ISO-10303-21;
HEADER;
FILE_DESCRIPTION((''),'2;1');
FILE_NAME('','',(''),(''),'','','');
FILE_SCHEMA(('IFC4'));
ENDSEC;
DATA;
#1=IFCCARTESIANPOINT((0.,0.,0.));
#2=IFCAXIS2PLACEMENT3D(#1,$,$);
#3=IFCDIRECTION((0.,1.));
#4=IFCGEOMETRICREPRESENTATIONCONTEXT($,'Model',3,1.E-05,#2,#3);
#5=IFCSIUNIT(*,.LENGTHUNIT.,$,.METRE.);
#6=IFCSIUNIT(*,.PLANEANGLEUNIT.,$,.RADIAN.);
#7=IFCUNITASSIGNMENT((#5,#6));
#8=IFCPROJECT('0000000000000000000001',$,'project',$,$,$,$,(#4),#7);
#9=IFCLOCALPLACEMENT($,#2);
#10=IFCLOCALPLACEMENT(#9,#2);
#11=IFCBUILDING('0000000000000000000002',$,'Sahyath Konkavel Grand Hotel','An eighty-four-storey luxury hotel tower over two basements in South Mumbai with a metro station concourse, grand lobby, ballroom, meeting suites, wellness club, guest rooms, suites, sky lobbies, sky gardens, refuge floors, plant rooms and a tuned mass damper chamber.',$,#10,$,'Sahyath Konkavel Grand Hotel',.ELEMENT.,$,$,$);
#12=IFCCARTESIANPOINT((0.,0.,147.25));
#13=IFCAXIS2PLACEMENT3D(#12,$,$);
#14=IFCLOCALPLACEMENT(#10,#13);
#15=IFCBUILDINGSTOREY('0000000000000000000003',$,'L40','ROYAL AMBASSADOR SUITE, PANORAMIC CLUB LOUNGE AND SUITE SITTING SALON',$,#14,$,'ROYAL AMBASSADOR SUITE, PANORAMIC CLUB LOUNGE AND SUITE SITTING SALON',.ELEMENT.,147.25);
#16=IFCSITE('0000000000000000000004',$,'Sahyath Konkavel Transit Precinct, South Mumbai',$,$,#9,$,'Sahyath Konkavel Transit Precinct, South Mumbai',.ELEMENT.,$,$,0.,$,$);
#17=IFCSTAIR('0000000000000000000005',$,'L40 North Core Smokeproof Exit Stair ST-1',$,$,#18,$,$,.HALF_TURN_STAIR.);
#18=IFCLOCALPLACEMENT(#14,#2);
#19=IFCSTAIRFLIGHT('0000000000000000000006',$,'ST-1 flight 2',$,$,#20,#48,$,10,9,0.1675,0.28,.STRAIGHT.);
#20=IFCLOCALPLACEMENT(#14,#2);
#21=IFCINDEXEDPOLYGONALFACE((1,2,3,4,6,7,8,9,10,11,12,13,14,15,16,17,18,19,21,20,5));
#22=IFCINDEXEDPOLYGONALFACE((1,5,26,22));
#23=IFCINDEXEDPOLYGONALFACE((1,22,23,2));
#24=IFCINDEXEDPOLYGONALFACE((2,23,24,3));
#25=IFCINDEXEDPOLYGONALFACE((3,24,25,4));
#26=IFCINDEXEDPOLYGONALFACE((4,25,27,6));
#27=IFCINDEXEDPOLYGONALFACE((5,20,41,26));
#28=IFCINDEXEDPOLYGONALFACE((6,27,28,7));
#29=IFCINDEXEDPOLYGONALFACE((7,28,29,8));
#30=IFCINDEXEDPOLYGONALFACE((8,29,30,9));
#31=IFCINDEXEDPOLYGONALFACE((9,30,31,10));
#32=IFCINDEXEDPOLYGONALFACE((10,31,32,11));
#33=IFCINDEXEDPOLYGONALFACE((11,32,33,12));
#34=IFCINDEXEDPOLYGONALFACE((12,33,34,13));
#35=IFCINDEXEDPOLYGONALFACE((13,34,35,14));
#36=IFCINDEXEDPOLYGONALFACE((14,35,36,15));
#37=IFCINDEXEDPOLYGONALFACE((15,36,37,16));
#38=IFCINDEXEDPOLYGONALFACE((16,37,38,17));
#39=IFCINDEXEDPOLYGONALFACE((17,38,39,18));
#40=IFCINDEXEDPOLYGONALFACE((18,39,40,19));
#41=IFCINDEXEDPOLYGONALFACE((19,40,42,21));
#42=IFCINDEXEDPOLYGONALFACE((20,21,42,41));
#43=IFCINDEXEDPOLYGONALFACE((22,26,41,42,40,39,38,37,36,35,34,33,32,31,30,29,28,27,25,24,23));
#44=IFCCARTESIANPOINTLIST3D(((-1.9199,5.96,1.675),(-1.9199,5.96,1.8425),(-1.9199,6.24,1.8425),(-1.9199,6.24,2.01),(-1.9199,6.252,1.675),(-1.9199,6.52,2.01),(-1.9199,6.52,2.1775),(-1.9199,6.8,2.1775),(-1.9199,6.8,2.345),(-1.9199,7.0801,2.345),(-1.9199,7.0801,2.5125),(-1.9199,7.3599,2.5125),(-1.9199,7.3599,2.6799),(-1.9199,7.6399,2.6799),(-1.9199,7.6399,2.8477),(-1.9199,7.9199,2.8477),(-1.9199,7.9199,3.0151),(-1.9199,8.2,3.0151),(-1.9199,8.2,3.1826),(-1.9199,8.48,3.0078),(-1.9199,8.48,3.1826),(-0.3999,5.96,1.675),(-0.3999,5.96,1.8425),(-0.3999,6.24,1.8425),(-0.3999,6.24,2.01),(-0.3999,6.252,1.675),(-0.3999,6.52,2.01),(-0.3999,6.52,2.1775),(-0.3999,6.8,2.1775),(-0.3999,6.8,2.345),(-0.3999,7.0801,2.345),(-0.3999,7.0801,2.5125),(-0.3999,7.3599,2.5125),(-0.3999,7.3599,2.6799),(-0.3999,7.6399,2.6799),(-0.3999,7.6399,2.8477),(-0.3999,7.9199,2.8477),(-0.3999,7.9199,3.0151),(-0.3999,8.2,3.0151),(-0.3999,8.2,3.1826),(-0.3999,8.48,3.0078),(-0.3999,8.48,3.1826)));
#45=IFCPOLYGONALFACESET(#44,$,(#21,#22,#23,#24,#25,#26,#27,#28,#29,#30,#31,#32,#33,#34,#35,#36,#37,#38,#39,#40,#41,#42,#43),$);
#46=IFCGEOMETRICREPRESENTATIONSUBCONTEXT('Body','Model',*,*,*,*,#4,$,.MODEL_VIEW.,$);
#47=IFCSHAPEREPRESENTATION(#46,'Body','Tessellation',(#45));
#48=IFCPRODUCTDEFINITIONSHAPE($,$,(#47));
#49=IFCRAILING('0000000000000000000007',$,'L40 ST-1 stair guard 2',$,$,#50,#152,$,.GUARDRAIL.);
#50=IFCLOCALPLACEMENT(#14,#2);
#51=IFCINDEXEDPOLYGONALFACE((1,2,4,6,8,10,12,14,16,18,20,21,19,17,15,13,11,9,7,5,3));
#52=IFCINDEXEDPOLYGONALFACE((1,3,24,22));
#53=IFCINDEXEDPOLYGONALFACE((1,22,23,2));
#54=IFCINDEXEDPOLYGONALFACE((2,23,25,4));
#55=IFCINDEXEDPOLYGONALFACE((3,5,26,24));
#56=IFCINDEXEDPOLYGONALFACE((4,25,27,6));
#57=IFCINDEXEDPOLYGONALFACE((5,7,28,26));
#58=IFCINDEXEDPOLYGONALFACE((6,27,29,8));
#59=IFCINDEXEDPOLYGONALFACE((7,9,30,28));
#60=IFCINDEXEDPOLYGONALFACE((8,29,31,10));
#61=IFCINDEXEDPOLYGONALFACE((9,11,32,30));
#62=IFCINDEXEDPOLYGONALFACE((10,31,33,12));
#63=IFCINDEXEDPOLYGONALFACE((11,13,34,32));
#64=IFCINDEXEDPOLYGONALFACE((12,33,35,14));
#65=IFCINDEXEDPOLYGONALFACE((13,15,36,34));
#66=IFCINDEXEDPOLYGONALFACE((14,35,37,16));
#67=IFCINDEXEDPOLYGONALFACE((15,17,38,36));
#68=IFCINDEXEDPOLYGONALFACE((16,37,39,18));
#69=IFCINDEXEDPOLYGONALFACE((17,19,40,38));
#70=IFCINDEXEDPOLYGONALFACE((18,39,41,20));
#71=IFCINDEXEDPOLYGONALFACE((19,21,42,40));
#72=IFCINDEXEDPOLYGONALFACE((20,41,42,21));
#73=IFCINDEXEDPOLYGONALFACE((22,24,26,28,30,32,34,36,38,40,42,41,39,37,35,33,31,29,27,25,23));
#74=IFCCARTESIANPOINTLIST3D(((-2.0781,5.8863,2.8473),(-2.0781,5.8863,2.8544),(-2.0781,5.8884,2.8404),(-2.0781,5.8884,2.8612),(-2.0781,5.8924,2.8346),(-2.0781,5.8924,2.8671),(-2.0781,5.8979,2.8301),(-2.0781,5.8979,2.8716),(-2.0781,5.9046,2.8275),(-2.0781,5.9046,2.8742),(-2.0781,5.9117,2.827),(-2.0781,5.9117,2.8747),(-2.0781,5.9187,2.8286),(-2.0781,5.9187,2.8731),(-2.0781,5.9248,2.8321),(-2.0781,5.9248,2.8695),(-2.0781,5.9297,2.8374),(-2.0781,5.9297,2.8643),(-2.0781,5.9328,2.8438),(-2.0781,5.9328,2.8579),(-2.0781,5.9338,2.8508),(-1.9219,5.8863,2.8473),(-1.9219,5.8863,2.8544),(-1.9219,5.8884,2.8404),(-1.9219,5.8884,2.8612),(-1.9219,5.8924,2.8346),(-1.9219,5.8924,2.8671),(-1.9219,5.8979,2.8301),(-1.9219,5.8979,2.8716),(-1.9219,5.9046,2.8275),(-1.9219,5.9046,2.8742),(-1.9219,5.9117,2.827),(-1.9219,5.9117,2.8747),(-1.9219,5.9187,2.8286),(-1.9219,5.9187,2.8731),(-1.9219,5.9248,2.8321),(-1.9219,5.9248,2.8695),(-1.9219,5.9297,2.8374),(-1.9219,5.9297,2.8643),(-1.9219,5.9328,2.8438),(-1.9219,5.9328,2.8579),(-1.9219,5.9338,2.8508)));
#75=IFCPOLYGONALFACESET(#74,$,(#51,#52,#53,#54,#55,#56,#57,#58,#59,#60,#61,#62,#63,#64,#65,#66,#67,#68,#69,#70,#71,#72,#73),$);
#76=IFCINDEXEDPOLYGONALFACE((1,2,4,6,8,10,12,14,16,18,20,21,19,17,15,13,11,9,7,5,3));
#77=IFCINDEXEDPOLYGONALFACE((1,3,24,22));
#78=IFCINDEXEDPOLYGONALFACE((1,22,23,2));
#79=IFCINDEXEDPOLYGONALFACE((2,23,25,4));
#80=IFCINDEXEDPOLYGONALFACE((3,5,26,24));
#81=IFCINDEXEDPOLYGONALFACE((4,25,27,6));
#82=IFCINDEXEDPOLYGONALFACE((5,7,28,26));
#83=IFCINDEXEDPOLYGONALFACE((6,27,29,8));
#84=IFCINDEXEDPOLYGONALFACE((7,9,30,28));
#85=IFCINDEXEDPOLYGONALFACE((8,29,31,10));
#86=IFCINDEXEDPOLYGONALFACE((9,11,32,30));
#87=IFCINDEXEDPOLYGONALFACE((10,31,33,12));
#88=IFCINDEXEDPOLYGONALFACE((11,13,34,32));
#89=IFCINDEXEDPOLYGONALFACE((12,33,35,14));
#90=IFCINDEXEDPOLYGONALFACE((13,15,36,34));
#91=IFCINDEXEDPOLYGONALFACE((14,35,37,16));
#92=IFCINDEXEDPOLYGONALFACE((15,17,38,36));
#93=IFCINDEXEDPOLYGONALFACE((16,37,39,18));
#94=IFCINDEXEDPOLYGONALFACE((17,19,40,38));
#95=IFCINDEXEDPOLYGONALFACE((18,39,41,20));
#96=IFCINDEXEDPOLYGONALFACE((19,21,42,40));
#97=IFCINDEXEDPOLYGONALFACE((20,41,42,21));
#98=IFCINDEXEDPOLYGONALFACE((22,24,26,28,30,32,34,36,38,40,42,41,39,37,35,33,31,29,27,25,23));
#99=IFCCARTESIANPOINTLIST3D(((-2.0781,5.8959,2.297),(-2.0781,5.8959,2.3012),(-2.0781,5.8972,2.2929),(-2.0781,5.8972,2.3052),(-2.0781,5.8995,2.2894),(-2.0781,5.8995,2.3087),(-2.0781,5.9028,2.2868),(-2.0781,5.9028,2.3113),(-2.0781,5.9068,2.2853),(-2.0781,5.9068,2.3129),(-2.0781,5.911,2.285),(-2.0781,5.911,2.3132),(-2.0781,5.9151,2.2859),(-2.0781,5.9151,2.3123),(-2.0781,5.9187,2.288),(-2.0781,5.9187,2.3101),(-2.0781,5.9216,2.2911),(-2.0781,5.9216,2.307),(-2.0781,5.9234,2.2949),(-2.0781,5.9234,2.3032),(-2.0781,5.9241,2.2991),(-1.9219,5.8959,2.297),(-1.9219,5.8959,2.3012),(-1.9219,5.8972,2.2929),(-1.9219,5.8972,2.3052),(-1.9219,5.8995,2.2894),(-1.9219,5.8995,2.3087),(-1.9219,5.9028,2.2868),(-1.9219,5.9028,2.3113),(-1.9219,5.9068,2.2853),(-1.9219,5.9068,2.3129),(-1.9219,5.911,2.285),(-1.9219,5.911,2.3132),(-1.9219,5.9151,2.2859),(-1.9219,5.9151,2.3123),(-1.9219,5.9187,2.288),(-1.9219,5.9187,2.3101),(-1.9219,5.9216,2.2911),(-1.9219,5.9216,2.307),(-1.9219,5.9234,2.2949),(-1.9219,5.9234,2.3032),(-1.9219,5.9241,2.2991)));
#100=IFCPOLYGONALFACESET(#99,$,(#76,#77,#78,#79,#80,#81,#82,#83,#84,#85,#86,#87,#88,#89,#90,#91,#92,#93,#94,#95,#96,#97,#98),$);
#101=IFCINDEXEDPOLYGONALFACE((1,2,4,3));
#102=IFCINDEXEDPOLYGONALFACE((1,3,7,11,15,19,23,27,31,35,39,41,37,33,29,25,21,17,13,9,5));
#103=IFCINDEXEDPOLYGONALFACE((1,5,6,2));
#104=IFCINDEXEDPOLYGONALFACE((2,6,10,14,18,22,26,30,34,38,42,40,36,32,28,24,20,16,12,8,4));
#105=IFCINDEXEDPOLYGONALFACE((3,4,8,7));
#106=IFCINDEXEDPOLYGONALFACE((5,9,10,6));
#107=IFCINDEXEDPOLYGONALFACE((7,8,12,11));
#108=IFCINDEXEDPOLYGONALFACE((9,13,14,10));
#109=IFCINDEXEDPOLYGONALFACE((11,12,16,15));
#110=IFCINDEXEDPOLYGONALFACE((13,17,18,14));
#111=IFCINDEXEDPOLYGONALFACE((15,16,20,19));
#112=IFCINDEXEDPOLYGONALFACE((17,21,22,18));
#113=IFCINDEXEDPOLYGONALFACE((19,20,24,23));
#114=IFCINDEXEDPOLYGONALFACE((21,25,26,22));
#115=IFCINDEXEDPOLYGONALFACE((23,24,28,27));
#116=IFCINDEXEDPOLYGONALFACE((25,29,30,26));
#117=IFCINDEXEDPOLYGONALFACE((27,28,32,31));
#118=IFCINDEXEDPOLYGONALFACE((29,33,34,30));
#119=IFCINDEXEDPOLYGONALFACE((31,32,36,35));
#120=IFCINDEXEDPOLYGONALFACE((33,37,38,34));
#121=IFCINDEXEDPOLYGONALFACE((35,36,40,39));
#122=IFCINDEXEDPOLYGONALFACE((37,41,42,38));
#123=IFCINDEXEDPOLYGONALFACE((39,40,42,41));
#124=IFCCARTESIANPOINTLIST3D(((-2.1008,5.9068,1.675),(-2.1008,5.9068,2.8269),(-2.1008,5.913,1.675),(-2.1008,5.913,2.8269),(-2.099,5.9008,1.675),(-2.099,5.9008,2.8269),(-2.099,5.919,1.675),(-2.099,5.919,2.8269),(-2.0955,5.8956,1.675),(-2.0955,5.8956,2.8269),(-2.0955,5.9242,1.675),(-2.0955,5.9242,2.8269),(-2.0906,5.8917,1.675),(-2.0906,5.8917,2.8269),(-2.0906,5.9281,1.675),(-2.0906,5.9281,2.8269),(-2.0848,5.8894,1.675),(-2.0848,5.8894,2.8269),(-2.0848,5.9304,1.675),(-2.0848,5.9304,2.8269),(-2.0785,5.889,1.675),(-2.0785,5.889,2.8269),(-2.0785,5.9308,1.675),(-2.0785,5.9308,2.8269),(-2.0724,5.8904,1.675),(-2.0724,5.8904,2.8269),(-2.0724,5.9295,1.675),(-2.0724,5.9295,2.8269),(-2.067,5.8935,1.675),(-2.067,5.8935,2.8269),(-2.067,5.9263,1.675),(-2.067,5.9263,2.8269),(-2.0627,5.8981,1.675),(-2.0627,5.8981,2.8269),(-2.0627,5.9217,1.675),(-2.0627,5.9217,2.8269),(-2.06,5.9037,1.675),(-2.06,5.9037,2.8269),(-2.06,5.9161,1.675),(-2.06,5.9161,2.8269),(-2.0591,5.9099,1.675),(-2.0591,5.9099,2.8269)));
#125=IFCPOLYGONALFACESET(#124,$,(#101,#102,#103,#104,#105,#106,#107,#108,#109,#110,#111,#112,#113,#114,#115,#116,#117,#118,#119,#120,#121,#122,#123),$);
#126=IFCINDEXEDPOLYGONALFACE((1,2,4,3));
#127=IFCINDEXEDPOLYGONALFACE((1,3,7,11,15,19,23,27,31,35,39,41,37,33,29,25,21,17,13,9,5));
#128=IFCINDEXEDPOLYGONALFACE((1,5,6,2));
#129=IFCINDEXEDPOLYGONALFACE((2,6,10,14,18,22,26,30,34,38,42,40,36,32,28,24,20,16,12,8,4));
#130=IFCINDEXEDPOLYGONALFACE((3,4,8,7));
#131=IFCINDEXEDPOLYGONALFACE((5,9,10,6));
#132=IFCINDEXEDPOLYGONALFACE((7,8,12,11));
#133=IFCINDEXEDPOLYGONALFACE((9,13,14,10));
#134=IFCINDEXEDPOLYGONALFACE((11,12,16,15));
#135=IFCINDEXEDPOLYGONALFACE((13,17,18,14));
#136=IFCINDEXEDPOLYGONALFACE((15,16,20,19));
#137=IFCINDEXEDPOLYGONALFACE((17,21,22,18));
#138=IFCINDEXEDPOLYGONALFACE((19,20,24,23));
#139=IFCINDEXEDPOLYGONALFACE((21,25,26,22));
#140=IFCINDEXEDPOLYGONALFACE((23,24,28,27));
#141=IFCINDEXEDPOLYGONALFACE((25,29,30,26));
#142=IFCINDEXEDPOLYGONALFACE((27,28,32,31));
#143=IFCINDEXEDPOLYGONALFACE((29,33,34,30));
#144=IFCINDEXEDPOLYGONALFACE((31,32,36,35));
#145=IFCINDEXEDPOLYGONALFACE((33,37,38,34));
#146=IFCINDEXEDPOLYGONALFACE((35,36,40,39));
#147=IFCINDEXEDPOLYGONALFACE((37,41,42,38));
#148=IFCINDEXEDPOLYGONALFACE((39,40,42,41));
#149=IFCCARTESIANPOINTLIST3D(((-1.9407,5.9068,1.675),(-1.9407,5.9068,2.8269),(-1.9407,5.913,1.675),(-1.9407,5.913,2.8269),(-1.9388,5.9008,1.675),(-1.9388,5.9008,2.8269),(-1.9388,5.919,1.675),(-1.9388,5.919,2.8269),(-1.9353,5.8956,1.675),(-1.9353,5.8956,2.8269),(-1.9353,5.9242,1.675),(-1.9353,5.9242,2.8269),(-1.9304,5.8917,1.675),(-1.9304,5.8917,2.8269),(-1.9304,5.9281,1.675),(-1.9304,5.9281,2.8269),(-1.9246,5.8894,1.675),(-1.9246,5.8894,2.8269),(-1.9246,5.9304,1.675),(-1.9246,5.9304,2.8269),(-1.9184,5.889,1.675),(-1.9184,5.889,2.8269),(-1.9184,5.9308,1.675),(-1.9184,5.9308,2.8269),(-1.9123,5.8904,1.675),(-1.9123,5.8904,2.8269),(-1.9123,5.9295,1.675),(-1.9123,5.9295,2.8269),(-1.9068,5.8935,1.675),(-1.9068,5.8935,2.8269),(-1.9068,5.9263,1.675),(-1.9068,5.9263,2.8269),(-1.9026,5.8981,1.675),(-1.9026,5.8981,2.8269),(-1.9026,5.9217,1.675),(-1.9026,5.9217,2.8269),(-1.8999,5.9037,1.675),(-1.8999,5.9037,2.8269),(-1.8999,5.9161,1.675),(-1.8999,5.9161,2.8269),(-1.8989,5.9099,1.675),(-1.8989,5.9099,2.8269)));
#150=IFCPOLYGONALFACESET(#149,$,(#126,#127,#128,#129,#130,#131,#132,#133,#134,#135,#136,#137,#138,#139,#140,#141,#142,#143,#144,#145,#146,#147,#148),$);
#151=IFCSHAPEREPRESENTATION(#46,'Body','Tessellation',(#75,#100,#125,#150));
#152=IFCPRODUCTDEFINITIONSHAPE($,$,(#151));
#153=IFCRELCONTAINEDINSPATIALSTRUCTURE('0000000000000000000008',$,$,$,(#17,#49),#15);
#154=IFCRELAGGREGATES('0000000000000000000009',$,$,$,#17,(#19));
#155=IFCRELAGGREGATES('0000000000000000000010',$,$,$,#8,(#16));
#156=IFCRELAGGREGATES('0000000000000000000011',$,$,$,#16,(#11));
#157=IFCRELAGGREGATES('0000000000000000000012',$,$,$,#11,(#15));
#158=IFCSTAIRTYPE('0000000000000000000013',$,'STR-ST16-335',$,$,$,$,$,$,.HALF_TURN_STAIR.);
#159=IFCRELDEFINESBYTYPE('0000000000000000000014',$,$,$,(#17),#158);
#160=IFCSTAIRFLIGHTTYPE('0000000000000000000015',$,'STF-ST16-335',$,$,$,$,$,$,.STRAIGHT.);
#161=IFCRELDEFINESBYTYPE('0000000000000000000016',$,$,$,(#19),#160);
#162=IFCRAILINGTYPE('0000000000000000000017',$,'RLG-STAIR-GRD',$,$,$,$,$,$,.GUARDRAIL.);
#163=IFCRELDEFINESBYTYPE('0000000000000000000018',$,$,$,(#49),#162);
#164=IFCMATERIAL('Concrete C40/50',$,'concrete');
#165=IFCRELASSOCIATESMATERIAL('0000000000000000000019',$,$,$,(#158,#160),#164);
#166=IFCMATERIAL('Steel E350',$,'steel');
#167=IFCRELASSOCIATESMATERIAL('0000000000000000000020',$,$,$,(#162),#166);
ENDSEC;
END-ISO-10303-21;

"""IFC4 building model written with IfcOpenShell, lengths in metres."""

from ifc_helpers import new_model, si_unit, direction, frame, origin, origin_2d, place, context, subcontext, project, spatial, polyline, circle, outline, extrude, material, type_object, element, aggregate, save


model = new_model("IFC4")

# Units and contexts
model_context = context("Model", 3, precision=1e-05, world=origin(), true_north=direction((0.0, 1.0)))
body_context = subcontext(model_context, "Body", "Model", "MODEL_VIEW")
ifc_project = project(units=[si_unit("LENGTHUNIT", "METRE"), si_unit("PLANEANGLEUNIT", "RADIAN")], contexts=[model_context])

# Site, building, storey
site_placement = place(None, origin())
site = spatial("IfcSite", under=ifc_project, at=site_placement, Name="Sahyath Konkavel Transit Precinct, South Mumbai", LongName="Sahyath Konkavel Transit Precinct, South Mumbai", CompositionType="ELEMENT", RefElevation=0.0)
building_placement = place(site_placement, origin())
building = spatial("IfcBuilding", under=site, at=building_placement, Name="Sahyath Konkavel Grand Hotel", Description="An eighty-four-storey luxury hotel tower over two basements in South Mumbai with a metro station concourse, grand lobby, ballroom, meeting suites, wellness club, guest rooms, suites, sky lobbies, sky gardens, refuge floors, plant rooms and a tuned mass damper chamber.", LongName="Sahyath Konkavel Grand Hotel", CompositionType="ELEMENT")
storey_placement = place(building_placement, frame((0.0, 0.0, 147.25)))
storey = spatial("IfcBuildingStorey", under=building, at=storey_placement, Name="L40", Description="ROYAL AMBASSADOR SUITE, PANORAMIC CLUB LOUNGE AND SUITE SITTING SALON", LongName="ROYAL AMBASSADOR SUITE, PANORAMIC CLUB LOUNGE AND SUITE SITTING SALON", CompositionType="ELEMENT", Elevation=147.25)

# Shared definitions
ifc_material_1 = material(Name="Steel E350", Category="steel")

# Shared definitions
ifc_material_2 = material(Name="Concrete C40/50", Category="concrete")

# Stair
stair_type = type_object("IfcStairType", Name="STR-ST16-335", PredefinedType="HALF_TURN_STAIR", material=ifc_material_2)
stair_1_placement = place(storey_placement, origin())
stair_1 = element("IfcStair", 1, at=stair_1_placement, inside=storey, type_object=stair_type, Name="L40 North Core Smokeproof Exit Stair ST-1", PredefinedType="HALF_TURN_STAIR")

# Stair flight
stair_flight_type = type_object("IfcStairFlightType", Name="STF-ST16-335", PredefinedType="STRAIGHT", material=ifc_material_2)
stair_flight_placement = place(storey_placement, frame((-1.1599, 5.96, 1.675), z_axis=(0.0, 0.0, 1.0), x_axis=(0.0, 1.0, 0.0)))
stair_flight = element("IfcStairFlight", 2, at=stair_flight_placement, type_object=stair_flight_type, Name="ST-1 flight 2", NumberOfRisers=10, NumberOfTreads=9, PredefinedType="STRAIGHT", RiserHeight=0.1675, TreadLength=0.28, context=body_context, shape_type="SweptSolid", body=[
    extrude(outline(polyline([(0.0, 0.0), (0.0, 0.1675), (0.28, 0.1675), (0.28, 0.335), (0.5601, 0.335), (0.5601, 0.5024), (0.8401, 0.5024), (0.8401, 0.6699), (1.1201, 0.6699), (1.1201, 0.8374), (1.3999, 0.8374), (1.3999, 1.0049), (1.6799, 1.0049), (1.6799, 1.1726), (1.96, 1.1726), (1.96, 1.3401), (2.24, 1.3401), (2.24, 1.5076), (2.52, 1.5076), (2.52, 1.675), (2.52, 1.3328), (0.292, 0.0), (0.0, 0.0)])), frame((0.0, 0.76, 0.0), z_axis=(0.0, -1.0, 0.0), x_axis=(1.0, 0.0, 0.0)), (0.0, 0.0, 1.0), 1.52),
])
aggregate(stair_1, [stair_flight])

# Railing
railing_type = type_object("IfcRailingType", Name="RLG-STAIR-GRD", PredefinedType="GUARDRAIL", material=ifc_material_1)
railing_1_placement = place(storey_placement, frame((-2.0801, 5.9099, 1.675)))
element("IfcRailing", 3, at=railing_1_placement, inside=storey, type_object=railing_type, Name="L40 ST-1 stair guard 2", PredefinedType="GUARDRAIL", context=body_context, shape_type="SweptSolid", body=[
    extrude(circle(Radius=0.0239, at=origin_2d()), frame((0.002, 0.0, 1.1758), z_axis=(1.0, 0.0, 0.0), x_axis=(0.0, 1.0, 0.0)), (0.0, 0.0, 1.0), 0.1562),
    extrude(circle(Radius=0.0142, at=origin_2d()), frame((0.002, 0.0, 0.624), z_axis=(1.0, 0.0, 0.0), x_axis=(0.0, 1.0, 0.0)), (0.0, 0.0, 1.0), 0.1562),
    extrude(circle(Radius=0.021, at=origin_2d()), origin(), (0.0, 0.0, 1.0), 1.1519),
    extrude(circle(Radius=0.021, at=origin_2d()), frame((0.1602, 0.0, 0.0)), (0.0, 0.0, 1.0), 1.1519),
])

save(model, "model.ifc")
